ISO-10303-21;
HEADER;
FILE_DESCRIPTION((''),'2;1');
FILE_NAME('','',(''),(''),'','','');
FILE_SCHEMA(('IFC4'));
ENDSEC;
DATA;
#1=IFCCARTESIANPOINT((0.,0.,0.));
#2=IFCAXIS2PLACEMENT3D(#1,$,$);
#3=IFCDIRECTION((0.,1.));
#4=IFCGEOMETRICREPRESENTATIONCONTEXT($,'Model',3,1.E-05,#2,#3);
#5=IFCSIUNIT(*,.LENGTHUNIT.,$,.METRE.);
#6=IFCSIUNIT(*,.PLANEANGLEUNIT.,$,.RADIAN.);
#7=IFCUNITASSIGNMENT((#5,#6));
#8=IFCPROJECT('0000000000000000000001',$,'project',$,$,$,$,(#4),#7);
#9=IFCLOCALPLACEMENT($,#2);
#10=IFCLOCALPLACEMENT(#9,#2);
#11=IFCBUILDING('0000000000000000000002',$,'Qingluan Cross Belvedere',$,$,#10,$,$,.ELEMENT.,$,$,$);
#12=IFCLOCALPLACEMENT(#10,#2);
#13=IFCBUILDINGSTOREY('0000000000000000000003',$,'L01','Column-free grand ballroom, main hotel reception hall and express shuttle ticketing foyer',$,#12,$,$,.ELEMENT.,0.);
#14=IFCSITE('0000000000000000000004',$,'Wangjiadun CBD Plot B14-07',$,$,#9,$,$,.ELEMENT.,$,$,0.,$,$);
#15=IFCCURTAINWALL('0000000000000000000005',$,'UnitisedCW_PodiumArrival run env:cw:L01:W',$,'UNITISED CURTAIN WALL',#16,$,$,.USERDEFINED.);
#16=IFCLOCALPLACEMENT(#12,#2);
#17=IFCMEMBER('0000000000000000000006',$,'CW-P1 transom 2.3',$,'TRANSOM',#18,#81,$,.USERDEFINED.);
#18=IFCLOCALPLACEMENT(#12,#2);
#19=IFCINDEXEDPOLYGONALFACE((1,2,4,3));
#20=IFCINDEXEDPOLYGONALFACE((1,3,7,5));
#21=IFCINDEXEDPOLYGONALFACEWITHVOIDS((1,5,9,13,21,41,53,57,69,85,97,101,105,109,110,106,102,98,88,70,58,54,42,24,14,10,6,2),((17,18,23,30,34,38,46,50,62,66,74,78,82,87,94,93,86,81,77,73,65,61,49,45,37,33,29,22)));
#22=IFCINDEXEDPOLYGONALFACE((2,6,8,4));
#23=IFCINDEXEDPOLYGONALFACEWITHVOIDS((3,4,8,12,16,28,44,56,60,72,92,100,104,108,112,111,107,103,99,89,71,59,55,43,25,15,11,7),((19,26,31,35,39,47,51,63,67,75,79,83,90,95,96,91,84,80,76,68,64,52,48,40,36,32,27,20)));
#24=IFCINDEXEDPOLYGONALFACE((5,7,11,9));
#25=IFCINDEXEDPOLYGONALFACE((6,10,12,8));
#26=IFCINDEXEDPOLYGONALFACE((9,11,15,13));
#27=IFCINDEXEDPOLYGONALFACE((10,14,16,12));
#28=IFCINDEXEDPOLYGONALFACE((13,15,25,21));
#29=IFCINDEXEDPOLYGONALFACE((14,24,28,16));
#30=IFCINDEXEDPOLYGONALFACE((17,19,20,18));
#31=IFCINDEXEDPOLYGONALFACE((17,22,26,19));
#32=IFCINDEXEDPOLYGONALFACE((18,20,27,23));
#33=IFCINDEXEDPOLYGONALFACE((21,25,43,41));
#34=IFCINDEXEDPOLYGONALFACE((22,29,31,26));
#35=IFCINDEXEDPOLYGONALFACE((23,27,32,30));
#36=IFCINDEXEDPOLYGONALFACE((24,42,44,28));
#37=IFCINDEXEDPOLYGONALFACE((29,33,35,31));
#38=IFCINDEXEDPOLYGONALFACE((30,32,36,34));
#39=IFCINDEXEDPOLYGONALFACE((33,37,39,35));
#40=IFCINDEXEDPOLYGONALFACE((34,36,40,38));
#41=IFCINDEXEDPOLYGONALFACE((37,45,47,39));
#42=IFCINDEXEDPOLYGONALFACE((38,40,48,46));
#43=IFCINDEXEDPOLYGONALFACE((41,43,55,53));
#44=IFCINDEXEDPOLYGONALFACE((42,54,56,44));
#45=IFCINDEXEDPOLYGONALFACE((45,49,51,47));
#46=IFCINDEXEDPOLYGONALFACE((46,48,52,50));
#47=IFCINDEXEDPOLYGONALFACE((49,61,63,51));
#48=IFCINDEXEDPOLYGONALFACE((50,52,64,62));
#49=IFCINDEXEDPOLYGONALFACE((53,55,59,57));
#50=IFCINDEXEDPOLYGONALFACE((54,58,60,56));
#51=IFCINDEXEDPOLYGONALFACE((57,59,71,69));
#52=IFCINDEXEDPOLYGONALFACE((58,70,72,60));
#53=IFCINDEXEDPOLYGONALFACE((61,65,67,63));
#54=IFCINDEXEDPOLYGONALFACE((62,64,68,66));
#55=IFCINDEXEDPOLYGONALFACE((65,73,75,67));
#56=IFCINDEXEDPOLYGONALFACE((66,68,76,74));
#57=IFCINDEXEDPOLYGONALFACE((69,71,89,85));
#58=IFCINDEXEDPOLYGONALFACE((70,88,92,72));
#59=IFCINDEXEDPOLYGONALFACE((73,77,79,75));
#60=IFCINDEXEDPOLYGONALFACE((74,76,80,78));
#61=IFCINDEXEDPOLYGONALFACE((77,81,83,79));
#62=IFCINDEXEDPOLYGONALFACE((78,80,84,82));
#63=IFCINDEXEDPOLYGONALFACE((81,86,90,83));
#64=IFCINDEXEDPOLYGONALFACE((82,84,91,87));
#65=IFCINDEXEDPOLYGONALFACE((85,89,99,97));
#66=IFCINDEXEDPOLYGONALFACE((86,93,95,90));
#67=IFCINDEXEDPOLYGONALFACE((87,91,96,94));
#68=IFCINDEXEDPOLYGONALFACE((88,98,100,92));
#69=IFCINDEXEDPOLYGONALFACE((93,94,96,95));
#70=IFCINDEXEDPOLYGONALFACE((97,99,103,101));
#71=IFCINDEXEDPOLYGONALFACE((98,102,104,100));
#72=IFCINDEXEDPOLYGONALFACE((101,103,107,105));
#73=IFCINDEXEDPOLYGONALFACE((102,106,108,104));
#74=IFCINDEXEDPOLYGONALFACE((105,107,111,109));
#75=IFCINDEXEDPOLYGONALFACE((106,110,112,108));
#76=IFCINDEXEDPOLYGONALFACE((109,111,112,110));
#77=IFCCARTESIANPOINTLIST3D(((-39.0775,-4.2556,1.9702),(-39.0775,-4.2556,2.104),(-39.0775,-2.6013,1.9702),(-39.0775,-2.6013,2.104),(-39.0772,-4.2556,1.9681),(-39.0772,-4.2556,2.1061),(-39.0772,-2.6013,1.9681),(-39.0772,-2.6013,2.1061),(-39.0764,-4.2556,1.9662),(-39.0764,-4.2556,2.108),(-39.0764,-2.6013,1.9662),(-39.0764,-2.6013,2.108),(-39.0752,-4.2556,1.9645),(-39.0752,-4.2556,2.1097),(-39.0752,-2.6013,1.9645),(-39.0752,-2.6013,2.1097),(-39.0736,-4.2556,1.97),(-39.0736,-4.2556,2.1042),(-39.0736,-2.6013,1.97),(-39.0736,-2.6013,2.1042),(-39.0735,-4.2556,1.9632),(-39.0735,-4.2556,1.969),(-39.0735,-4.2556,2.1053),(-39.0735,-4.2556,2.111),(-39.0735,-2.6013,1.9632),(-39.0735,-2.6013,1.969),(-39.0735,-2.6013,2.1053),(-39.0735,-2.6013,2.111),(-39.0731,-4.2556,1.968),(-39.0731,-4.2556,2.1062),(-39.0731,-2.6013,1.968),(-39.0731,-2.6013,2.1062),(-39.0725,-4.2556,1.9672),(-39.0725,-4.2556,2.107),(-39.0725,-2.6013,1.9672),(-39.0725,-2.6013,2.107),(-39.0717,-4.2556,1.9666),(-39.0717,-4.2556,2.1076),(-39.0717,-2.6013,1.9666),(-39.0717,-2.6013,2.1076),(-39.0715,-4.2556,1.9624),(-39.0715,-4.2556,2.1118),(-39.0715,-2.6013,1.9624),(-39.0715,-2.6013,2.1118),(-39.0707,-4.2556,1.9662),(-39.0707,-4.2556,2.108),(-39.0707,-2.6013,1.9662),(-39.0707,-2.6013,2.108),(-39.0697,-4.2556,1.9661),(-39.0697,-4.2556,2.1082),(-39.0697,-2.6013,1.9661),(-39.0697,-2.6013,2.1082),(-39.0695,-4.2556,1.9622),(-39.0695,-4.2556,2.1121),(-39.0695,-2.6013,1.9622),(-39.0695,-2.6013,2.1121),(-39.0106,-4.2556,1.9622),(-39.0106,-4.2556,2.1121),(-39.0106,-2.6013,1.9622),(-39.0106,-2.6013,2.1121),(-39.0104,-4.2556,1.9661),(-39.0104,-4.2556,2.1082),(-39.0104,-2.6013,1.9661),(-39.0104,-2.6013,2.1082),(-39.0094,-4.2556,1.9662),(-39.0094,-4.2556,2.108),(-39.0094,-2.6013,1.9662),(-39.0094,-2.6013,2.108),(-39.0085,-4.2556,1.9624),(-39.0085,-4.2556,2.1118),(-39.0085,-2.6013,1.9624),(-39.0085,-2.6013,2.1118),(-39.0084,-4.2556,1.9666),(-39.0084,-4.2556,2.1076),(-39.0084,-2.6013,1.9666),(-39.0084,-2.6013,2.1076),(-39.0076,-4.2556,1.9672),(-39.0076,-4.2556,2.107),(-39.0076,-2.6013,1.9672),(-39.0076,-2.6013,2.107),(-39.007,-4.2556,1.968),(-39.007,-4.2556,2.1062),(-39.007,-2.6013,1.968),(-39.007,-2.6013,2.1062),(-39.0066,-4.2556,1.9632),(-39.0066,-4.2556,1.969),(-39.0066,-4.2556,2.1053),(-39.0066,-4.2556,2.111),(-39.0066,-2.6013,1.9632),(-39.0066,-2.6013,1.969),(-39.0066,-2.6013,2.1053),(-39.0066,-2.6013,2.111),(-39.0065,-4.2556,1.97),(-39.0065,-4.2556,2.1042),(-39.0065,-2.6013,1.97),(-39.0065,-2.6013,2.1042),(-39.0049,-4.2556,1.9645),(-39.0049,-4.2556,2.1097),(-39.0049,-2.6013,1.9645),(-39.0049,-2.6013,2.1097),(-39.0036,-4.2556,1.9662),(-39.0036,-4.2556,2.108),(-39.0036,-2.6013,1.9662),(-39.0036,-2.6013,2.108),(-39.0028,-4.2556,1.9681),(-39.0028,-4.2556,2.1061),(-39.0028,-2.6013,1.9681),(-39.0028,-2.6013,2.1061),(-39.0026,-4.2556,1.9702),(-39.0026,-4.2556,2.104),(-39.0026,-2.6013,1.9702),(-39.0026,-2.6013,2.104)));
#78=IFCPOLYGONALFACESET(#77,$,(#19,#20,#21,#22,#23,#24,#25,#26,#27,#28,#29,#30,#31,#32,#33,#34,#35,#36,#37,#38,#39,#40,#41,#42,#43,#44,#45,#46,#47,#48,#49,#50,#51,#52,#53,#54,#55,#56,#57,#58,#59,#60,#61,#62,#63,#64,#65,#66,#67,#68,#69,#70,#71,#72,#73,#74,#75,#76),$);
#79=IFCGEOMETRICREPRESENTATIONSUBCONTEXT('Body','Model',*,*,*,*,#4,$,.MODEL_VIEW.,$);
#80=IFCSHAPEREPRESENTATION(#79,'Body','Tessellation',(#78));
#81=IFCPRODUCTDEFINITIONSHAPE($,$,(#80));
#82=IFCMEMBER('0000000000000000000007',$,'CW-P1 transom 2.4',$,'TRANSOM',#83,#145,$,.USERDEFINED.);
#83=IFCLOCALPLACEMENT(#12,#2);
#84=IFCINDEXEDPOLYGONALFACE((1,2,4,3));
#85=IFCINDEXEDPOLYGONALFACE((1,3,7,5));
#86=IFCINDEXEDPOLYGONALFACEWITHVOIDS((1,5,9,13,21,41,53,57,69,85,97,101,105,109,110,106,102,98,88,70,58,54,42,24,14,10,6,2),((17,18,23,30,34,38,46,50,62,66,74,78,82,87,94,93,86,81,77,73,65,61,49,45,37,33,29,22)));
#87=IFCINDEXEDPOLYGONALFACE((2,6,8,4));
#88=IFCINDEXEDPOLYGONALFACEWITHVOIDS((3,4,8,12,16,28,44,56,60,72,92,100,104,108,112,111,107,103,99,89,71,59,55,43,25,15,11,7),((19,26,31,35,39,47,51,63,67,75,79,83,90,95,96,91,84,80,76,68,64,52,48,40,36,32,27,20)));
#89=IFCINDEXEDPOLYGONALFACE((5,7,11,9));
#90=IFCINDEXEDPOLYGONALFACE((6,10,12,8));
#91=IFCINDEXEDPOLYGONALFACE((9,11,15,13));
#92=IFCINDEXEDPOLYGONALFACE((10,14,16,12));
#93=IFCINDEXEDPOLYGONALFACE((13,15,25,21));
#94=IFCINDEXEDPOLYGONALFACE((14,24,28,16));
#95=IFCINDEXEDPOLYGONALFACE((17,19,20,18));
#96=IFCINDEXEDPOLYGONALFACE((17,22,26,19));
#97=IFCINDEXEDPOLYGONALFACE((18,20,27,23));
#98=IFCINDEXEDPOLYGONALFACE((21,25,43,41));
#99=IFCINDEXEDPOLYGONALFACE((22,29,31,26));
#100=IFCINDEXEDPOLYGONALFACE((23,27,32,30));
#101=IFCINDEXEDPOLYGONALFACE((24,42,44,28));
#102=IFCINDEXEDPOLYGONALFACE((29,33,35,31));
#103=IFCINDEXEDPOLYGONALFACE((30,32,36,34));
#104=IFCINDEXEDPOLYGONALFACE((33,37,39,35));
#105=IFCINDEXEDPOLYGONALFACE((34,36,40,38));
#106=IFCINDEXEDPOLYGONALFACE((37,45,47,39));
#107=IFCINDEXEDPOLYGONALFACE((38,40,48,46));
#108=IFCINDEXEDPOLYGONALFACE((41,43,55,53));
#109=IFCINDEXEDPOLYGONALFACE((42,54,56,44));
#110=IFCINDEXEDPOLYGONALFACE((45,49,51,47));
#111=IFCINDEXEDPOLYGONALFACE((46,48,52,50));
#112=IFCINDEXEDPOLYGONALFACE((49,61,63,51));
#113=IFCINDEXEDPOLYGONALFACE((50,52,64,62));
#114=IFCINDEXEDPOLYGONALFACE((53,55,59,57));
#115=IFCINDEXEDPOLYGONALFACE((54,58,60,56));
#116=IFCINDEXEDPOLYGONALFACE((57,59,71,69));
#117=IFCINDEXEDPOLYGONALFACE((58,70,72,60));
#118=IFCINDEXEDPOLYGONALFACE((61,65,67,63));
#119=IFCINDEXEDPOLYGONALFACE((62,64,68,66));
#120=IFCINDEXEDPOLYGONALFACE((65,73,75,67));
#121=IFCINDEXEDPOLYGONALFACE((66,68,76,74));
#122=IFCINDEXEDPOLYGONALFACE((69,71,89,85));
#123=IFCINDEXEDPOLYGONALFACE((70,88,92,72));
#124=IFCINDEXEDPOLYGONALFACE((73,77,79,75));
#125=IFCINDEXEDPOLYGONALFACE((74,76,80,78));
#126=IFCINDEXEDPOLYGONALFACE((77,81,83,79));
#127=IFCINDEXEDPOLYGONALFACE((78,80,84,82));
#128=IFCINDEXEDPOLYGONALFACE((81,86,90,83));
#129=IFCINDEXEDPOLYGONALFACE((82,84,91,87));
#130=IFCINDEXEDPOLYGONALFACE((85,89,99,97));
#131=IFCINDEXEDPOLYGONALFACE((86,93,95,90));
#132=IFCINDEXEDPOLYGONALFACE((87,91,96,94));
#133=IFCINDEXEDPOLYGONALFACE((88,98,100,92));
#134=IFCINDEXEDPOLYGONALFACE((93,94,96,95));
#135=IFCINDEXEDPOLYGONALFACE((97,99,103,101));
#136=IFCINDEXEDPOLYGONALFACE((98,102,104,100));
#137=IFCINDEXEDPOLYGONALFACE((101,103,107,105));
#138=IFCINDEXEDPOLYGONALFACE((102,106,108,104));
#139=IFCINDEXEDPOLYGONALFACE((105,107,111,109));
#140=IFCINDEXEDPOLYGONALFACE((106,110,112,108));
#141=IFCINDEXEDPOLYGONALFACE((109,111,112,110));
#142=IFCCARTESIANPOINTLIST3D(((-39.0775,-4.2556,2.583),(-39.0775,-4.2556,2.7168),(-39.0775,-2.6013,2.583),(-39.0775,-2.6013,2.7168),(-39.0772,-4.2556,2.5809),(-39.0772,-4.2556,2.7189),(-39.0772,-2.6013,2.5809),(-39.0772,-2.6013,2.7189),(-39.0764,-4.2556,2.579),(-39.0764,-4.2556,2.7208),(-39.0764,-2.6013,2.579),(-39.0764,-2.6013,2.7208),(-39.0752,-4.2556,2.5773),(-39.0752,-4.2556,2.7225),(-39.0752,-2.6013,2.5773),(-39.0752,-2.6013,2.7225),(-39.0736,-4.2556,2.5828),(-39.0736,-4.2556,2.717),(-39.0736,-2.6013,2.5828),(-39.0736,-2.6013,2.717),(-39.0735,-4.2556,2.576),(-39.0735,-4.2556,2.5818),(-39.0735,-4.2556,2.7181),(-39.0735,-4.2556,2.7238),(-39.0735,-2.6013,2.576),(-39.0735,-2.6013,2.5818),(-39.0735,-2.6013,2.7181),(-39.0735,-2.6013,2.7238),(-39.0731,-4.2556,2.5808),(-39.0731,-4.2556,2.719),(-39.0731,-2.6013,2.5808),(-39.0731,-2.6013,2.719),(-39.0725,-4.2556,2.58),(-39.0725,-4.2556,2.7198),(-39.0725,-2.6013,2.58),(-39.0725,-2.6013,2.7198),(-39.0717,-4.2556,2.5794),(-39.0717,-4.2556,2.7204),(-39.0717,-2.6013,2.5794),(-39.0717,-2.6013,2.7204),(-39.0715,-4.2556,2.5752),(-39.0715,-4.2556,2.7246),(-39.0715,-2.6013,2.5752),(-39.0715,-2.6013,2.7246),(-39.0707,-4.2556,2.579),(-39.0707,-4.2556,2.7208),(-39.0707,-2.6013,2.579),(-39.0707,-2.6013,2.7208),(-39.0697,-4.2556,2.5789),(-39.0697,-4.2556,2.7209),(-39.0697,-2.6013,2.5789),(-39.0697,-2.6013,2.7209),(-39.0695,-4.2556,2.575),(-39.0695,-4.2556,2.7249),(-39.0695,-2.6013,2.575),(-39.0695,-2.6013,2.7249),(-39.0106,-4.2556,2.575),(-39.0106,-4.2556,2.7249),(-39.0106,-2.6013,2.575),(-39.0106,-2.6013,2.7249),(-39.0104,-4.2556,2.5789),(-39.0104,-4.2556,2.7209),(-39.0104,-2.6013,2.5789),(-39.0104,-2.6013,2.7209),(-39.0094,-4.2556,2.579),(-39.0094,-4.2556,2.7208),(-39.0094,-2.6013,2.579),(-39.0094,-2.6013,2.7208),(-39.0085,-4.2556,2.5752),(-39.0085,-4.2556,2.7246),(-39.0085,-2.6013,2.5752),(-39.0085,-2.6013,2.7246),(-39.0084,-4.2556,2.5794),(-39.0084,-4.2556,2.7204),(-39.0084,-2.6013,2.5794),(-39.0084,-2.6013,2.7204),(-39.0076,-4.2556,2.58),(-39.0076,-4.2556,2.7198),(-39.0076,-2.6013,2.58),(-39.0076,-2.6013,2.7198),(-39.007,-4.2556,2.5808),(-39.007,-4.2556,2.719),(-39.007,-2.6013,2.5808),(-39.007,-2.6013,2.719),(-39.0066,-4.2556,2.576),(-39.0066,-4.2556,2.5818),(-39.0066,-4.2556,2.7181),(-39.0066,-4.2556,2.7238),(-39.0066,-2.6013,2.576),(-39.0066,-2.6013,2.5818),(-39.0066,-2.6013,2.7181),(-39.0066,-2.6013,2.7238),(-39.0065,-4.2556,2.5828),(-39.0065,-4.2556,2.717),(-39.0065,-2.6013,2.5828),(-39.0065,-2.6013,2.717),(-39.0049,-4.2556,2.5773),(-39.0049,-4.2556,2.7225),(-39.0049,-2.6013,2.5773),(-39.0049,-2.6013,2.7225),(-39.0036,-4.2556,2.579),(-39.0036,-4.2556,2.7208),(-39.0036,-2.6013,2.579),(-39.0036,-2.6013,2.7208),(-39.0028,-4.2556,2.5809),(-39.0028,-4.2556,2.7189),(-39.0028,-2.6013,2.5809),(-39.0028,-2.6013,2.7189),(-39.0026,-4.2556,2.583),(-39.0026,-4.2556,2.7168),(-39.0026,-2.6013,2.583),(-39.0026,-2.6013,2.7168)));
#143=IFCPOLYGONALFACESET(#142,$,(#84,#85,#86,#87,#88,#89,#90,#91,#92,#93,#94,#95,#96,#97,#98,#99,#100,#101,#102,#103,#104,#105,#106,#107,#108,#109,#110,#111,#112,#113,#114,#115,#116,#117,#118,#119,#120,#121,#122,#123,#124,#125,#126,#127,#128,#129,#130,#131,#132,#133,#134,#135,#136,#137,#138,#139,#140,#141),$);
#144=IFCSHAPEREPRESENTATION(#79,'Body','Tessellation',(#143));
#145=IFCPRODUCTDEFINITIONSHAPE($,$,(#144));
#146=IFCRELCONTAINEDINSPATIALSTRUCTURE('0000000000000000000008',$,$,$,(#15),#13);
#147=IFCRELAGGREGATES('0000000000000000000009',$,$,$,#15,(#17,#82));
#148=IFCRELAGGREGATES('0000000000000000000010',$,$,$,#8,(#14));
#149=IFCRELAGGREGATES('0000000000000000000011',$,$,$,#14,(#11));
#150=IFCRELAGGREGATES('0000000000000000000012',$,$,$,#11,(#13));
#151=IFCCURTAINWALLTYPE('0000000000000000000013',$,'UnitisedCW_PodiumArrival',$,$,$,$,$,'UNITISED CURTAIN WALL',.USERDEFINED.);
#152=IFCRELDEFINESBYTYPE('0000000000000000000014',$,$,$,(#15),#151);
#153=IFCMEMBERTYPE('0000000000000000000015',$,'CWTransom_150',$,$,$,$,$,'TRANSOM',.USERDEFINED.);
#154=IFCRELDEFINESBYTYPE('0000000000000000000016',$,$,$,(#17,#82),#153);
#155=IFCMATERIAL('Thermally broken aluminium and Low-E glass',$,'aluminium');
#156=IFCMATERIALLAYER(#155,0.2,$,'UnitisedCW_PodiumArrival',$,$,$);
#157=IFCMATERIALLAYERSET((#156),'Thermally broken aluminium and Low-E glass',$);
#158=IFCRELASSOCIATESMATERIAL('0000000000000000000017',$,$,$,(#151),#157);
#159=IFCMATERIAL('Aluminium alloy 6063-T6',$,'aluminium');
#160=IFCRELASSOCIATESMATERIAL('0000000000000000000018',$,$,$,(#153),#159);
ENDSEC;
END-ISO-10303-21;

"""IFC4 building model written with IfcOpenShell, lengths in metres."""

from ifc_helpers import new_model, si_unit, direction, frame, origin, origin_2d, place, context, subcontext, project, spatial, hollow_rectangle, extrude, material, layer, layer_set, material_profile, profile_set, type_object, element, aggregate, save


model = new_model("IFC4")

# Units and contexts
model_context = context("Model", 3, precision=1e-05, world=origin(), true_north=direction((0.0, 1.0)))
body_context = subcontext(model_context, "Body", "Model", "MODEL_VIEW")
ifc_project = project(units=[si_unit("LENGTHUNIT", "METRE"), si_unit("PLANEANGLEUNIT", "RADIAN")], contexts=[model_context])

# Site, building, storey
site_placement = place(None, origin())
site = spatial("IfcSite", under=ifc_project, at=site_placement, Name="Wangjiadun CBD Plot B14-07", CompositionType="ELEMENT", RefElevation=0.0)
building_placement = place(site_placement, origin())
building = spatial("IfcBuilding", under=site, at=building_placement, Name="Qingluan Cross Belvedere", CompositionType="ELEMENT")
storey_placement = place(building_placement, origin())
storey = spatial("IfcBuildingStorey", under=building, at=storey_placement, Name="L01", Description="Column-free grand ballroom, main hotel reception hall and express shuttle ticketing foyer", CompositionType="ELEMENT", Elevation=0.0)

# Curtain wall, members
ifc_material_1 = material(Name="Thermally broken aluminium and Low-E glass", Category="aluminium")
ifc_layer_1 = layer(ifc_material_1, 0.2, Name="UnitisedCW_PodiumArrival")
ifc_layer_set_1 = layer_set([ifc_layer_1], Name="Thermally broken aluminium and Low-E glass")
curtain_wall_type = type_object("IfcCurtainWallType", Name="UnitisedCW_PodiumArrival", ElementType="UNITISED CURTAIN WALL", PredefinedType="USERDEFINED", material=ifc_layer_set_1)
curtain_wall_placement = place(storey_placement, origin())
curtain_wall = element("IfcCurtainWall", 1, at=curtain_wall_placement, inside=storey, type_object=curtain_wall_type, Name="UnitisedCW_PodiumArrival run env:cw:L01:W", ObjectType="UNITISED CURTAIN WALL", PredefinedType="USERDEFINED")
ifc_material_2 = material(Name="Aluminium alloy 6063-T6", Category="aluminium")
ifc_material_profile_1 = material_profile(ifc_material_2, hollow_rectangle(XDim=0.075, YDim=0.1499, WallThickness=0.0039, InnerFilletRadius=0.0039, OuterFilletRadius=0.0081, at=origin_2d()), Name="CWT150x75x4")
ifc_profile_set_1 = profile_set([ifc_material_profile_1], Name="Aluminium alloy 6063-T6")
member_type_1 = type_object("IfcMemberType", Name="CWTransom_150", ElementType="TRANSOM", PredefinedType="USERDEFINED", material=ifc_profile_set_1)
member_1_placement = place(storey_placement, frame((-39.04, -4.2556, 2.0371), z_axis=(0.0, 1.0, 0.0), x_axis=(-1.0, 0.0, 0.0)))
member_1 = element("IfcMember", 2, at=member_1_placement, type_object=member_type_1, Name="CW-P1 transom 2.3", ObjectType="TRANSOM", PredefinedType="USERDEFINED", context=body_context, shape_type="SweptSolid", body=[
    extrude(hollow_rectangle(XDim=0.075, YDim=0.1499, WallThickness=0.0039, InnerFilletRadius=0.0039, OuterFilletRadius=0.0081, at=origin_2d()), origin(), (0.0, 0.0, 1.0), 1.6543),
])
member_2_placement = place(storey_placement, frame((-39.04, -4.2556, 2.6499), z_axis=(0.0, 1.0, 0.0), x_axis=(-1.0, 0.0, 0.0)))
member_2 = element("IfcMember", 3, at=member_2_placement, type_object=member_type_1, Name="CW-P1 transom 2.4", ObjectType="TRANSOM", PredefinedType="USERDEFINED", context=body_context, shape_type="SweptSolid", body=[
    extrude(hollow_rectangle(XDim=0.075, YDim=0.1499, WallThickness=0.0039, InnerFilletRadius=0.0039, OuterFilletRadius=0.0081, at=origin_2d()), origin(), (0.0, 0.0, 1.0), 1.6543),
])
aggregate(curtain_wall, [member_1, member_2])

save(model, "model.ifc")
